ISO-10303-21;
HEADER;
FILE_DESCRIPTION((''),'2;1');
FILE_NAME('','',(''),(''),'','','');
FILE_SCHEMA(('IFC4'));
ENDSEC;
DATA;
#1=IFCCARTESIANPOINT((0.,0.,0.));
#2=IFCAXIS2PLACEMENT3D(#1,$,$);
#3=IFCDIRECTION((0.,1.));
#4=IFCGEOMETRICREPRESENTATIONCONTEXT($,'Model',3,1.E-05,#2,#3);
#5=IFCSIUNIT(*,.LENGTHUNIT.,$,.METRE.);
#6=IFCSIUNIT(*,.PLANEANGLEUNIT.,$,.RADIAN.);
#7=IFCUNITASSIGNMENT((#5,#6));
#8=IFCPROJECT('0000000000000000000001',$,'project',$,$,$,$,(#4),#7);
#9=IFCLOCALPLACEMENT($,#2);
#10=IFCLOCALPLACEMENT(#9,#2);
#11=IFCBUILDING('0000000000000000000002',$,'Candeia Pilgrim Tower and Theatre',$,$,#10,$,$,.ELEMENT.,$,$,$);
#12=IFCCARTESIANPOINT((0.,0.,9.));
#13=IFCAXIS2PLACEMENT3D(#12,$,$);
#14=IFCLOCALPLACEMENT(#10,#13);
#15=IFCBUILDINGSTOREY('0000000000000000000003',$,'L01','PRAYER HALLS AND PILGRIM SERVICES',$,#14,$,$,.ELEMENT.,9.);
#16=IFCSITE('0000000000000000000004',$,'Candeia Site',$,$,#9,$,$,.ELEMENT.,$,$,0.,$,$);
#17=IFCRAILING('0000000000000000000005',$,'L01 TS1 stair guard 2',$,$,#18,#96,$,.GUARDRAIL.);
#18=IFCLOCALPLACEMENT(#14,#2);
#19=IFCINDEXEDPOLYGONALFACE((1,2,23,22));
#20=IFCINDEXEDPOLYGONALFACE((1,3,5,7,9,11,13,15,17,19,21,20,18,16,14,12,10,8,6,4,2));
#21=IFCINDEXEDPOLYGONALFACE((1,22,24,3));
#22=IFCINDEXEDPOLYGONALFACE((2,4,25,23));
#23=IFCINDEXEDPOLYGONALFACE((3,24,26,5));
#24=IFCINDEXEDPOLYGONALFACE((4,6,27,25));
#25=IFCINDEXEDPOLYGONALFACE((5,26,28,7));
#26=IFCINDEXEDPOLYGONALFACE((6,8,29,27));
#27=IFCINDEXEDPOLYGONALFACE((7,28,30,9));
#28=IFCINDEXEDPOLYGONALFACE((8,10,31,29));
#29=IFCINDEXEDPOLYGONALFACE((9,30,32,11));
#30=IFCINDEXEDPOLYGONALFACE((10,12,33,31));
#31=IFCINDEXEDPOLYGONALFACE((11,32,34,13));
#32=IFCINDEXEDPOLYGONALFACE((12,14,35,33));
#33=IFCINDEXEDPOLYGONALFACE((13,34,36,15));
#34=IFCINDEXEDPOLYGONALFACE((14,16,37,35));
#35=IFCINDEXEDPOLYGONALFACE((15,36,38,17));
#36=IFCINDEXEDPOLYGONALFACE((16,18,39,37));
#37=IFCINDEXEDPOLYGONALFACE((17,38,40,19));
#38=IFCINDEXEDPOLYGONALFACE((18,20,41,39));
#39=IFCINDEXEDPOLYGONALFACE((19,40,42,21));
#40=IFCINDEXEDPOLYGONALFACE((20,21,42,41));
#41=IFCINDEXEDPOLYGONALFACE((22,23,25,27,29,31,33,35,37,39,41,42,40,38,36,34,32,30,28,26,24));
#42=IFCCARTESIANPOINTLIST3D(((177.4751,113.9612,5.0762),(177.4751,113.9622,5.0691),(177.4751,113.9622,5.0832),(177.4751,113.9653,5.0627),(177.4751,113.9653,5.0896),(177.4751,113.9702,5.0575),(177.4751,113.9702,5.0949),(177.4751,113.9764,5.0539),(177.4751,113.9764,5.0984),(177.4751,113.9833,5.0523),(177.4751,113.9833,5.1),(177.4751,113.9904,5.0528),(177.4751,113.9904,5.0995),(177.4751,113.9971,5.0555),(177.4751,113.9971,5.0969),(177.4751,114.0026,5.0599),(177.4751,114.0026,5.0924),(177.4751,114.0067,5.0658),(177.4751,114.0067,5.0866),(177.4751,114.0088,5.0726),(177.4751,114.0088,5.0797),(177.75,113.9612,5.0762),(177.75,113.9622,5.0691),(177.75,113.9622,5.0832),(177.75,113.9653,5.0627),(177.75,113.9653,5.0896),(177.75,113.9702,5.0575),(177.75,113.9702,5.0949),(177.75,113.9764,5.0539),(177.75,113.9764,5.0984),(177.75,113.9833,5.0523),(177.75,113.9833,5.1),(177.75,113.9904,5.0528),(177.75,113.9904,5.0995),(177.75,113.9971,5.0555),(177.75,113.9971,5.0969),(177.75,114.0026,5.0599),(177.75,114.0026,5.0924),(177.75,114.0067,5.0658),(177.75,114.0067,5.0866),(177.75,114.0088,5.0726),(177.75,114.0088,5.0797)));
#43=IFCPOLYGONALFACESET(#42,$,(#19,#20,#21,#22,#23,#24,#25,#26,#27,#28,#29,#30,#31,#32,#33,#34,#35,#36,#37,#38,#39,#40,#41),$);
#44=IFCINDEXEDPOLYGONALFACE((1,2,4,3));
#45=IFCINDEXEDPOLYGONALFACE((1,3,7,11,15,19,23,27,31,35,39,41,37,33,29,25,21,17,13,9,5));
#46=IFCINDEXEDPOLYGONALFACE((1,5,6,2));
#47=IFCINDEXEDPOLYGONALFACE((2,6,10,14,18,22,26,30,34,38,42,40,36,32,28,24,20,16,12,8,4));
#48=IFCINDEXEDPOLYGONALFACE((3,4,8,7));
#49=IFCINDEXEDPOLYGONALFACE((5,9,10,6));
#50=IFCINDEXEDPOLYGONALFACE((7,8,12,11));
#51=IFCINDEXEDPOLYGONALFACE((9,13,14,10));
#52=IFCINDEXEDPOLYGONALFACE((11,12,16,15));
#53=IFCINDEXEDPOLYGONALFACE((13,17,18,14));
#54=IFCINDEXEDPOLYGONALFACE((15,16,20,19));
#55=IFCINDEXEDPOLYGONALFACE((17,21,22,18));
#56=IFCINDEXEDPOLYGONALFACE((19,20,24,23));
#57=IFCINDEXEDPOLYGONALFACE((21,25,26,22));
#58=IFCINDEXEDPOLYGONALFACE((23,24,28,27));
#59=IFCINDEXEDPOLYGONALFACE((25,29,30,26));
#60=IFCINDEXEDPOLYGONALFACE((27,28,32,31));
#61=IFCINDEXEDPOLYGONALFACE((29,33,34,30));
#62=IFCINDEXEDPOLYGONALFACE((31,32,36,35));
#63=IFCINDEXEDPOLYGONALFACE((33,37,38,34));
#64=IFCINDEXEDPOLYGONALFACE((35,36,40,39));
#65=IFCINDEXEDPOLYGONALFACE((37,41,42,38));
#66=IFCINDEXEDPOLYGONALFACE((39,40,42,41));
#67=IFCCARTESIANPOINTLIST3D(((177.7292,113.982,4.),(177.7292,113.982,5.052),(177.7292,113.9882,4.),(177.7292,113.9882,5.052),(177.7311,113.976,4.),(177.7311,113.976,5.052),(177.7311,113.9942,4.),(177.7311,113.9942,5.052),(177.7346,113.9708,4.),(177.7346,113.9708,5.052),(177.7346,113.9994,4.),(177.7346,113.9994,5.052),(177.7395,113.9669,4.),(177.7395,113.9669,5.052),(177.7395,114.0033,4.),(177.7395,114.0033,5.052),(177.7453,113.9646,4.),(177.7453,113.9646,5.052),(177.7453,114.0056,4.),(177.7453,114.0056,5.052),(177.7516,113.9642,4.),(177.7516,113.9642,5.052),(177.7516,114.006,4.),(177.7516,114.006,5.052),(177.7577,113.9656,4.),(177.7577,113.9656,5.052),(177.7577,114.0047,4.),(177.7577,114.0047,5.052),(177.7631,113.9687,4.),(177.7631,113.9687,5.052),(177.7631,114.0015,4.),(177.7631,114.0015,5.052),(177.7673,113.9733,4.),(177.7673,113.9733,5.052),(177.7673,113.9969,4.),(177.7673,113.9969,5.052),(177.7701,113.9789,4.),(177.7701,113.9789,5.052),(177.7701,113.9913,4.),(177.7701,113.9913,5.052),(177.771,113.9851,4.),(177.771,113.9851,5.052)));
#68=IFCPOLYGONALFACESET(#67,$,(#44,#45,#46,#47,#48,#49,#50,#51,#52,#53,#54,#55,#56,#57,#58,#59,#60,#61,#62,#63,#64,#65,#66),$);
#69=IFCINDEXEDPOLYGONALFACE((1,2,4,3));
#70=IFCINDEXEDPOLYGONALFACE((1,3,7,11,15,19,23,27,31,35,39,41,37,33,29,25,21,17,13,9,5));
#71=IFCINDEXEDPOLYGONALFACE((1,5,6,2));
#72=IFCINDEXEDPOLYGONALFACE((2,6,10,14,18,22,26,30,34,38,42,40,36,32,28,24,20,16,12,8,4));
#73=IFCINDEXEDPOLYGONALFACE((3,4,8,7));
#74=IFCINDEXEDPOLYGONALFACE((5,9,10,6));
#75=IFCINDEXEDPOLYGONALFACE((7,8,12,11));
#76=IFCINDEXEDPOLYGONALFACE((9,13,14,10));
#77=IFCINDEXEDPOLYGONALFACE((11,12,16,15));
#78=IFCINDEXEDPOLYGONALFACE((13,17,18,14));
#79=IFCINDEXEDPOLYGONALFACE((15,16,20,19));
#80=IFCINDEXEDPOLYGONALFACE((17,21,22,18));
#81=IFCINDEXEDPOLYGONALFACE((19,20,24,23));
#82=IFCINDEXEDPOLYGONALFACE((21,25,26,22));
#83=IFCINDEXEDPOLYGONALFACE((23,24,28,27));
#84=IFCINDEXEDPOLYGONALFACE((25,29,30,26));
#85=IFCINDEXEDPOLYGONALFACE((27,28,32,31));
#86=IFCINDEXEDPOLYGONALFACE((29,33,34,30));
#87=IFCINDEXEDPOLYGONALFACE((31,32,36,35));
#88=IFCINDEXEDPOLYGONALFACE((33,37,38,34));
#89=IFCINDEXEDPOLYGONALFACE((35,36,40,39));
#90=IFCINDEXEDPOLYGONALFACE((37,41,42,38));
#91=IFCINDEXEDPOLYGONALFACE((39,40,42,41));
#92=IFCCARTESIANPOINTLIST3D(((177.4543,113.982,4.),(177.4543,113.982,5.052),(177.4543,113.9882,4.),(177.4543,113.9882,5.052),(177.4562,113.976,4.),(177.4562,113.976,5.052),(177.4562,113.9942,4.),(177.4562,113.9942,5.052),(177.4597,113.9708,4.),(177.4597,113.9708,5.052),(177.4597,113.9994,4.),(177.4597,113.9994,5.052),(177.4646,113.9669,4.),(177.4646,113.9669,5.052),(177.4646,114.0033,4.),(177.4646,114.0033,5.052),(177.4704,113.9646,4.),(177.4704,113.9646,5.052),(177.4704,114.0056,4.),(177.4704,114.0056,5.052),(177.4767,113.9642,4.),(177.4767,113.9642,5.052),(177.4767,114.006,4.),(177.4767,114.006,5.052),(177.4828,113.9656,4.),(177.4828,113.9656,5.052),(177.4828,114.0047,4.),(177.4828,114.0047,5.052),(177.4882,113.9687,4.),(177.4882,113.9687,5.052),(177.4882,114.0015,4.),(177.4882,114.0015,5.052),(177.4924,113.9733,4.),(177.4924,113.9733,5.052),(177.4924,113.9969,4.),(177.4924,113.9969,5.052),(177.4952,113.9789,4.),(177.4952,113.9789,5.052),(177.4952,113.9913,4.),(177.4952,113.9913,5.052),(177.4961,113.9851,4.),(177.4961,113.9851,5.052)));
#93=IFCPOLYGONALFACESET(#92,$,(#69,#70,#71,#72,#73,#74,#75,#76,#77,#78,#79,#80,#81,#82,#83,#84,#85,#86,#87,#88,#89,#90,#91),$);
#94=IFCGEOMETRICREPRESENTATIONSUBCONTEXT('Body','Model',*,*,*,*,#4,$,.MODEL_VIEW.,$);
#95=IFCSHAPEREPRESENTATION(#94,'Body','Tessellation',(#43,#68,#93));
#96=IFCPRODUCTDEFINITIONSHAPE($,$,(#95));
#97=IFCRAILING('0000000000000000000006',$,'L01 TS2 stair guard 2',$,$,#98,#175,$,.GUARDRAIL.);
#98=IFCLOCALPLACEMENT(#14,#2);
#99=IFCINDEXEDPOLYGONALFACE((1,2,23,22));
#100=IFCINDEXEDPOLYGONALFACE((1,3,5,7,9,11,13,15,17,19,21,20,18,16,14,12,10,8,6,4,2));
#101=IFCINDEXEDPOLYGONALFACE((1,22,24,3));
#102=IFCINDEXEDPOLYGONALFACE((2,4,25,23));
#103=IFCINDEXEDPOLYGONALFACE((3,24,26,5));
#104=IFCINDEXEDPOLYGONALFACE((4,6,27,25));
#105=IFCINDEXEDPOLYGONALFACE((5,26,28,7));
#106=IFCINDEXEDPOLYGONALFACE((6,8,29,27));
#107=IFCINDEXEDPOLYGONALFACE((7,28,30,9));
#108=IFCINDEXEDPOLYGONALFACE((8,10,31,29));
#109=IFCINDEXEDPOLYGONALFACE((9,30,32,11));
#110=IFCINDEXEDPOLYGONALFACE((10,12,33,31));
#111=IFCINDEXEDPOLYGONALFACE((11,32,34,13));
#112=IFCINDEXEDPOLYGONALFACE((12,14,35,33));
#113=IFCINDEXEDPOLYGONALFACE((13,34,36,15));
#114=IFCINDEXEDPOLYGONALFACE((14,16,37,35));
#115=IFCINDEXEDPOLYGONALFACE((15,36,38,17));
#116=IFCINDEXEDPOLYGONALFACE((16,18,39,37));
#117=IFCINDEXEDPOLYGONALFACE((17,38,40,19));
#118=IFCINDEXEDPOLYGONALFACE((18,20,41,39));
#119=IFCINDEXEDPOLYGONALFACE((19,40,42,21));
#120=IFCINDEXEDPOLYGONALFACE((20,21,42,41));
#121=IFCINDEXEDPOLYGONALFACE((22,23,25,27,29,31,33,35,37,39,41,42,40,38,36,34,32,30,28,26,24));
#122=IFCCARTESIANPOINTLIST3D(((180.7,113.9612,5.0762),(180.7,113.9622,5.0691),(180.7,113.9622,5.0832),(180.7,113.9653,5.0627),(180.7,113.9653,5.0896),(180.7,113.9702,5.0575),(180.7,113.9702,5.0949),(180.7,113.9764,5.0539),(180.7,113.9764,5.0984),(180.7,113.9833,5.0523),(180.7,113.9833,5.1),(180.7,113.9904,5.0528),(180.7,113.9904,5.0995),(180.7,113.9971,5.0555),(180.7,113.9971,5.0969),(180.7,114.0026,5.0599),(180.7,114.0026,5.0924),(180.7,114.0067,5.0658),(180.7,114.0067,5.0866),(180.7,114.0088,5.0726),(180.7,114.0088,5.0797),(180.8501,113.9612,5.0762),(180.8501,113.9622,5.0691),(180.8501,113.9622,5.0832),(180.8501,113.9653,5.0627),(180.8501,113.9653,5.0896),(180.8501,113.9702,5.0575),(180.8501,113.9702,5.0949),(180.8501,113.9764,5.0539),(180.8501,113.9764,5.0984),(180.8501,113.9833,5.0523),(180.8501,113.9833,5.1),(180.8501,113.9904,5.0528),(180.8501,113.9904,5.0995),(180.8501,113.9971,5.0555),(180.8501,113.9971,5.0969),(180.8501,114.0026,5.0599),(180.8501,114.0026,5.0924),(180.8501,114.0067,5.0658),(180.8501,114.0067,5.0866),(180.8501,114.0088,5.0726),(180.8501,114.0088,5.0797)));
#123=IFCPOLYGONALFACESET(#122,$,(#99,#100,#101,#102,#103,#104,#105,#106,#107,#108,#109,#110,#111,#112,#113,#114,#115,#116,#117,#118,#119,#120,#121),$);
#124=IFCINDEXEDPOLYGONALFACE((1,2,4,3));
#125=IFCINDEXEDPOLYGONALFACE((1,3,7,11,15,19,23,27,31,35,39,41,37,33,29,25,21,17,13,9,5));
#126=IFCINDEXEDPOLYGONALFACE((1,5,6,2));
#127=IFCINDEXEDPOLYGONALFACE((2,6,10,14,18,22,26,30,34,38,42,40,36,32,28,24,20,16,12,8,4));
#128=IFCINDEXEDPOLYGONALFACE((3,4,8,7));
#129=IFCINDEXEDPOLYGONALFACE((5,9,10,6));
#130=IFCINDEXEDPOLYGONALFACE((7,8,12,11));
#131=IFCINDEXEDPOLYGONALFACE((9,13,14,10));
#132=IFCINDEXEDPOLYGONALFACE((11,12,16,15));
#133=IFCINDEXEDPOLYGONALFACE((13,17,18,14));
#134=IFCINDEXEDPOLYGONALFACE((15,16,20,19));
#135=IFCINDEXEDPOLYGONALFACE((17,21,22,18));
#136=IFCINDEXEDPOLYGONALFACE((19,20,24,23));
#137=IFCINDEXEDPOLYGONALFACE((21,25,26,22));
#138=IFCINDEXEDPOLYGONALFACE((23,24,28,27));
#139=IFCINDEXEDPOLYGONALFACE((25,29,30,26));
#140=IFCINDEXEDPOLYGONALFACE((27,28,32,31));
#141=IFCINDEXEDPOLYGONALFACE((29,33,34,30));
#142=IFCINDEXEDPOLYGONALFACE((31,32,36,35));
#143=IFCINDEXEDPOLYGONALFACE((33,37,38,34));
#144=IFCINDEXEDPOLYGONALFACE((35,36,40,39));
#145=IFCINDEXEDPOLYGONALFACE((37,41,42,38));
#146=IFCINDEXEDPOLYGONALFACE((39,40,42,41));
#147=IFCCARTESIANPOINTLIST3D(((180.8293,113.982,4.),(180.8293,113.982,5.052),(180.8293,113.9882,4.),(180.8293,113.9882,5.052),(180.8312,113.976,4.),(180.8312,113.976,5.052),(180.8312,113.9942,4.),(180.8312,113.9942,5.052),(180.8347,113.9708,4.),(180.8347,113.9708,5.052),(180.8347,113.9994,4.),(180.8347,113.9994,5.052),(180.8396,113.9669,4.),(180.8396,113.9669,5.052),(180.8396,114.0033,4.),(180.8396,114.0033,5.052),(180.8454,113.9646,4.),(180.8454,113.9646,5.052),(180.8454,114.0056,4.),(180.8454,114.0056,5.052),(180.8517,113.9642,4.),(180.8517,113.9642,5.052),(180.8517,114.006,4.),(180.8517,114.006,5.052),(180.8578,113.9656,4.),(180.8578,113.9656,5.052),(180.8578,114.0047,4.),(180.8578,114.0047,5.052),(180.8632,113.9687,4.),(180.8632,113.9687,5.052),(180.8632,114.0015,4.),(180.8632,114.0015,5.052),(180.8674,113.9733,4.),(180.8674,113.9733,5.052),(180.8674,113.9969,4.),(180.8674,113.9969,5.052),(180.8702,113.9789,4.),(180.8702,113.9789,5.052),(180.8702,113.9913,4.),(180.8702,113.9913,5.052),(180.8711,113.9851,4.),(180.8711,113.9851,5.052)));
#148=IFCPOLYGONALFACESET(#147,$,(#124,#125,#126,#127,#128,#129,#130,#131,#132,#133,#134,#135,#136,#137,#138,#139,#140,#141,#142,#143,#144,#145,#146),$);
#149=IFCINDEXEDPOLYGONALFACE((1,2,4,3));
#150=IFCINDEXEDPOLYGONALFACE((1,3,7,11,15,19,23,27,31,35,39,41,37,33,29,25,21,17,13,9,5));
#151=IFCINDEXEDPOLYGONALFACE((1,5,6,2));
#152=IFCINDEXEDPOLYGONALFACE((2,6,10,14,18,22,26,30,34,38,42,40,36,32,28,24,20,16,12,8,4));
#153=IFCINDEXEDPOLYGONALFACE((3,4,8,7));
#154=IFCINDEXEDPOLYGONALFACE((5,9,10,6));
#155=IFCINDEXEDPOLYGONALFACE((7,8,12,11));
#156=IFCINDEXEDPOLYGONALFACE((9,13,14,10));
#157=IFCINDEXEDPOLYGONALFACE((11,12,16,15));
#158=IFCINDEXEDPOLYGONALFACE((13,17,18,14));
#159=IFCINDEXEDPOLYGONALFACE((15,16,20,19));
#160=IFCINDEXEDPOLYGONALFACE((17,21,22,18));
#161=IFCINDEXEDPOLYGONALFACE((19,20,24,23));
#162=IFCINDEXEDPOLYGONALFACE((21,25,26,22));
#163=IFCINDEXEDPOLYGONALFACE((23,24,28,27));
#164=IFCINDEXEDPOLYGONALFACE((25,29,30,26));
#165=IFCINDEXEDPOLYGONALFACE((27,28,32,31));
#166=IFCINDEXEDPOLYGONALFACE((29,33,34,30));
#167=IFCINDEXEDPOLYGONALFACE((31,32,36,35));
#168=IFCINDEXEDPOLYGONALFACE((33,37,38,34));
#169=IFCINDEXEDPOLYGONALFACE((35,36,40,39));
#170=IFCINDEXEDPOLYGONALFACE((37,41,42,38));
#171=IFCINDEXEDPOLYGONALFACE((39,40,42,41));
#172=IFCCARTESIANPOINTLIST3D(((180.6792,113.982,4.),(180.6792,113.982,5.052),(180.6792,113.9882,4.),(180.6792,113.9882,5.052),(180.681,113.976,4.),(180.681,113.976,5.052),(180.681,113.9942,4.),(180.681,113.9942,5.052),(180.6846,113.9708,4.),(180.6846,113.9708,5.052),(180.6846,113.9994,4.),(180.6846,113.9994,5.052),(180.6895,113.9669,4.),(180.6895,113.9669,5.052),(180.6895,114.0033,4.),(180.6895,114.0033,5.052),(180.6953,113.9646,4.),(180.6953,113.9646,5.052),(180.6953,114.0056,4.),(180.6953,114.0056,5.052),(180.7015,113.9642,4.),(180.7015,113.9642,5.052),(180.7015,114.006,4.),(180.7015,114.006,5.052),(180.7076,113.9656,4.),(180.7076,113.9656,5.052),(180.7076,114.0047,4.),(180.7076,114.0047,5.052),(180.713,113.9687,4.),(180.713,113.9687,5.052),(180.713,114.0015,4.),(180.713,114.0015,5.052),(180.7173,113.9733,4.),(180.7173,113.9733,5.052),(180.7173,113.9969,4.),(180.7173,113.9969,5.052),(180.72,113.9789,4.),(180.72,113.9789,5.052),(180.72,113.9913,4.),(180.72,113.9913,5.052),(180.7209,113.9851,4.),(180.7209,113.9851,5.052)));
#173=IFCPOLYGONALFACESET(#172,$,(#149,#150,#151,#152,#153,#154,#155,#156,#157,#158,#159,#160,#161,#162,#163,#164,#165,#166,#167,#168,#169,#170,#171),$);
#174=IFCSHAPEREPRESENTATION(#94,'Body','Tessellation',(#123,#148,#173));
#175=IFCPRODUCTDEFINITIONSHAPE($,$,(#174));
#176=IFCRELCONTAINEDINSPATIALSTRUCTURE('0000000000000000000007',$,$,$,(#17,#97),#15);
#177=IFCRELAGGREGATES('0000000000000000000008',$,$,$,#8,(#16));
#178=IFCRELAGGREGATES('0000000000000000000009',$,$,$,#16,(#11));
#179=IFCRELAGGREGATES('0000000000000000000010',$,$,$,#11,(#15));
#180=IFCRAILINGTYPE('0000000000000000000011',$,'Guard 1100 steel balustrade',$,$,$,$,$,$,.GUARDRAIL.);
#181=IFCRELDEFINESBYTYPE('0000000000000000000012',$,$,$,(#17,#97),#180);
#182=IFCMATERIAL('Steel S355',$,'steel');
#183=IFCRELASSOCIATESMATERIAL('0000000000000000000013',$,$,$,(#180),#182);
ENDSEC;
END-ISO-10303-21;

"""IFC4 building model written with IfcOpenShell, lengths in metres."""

from ifc_helpers import new_model, si_unit, direction, frame, origin, origin_2d, place, context, subcontext, project, spatial, circle, extrude, material, type_object, element, save


model = new_model("IFC4")

# Units and contexts
model_context = context("Model", 3, precision=1e-05, world=origin(), true_north=direction((0.0, 1.0)))
body_context = subcontext(model_context, "Body", "Model", "MODEL_VIEW")
ifc_project = project(units=[si_unit("LENGTHUNIT", "METRE"), si_unit("PLANEANGLEUNIT", "RADIAN")], contexts=[model_context])

# Site, building, storey
site_placement = place(None, origin())
site = spatial("IfcSite", under=ifc_project, at=site_placement, Name="Candeia Site", CompositionType="ELEMENT", RefElevation=0.0)
building_placement = place(site_placement, origin())
building = spatial("IfcBuilding", under=site, at=building_placement, Name="Candeia Pilgrim Tower and Theatre", CompositionType="ELEMENT")
storey_placement = place(building_placement, frame((0.0, 0.0, 9.0)))
storey = spatial("IfcBuildingStorey", under=building, at=storey_placement, Name="L01", Description="PRAYER HALLS AND PILGRIM SERVICES", CompositionType="ELEMENT", Elevation=9.0)

# Railings
ifc_material_1 = material(Name="Steel S355", Category="steel")
railing_type_1 = type_object("IfcRailingType", Name="Guard 1100 steel balustrade", PredefinedType="GUARDRAIL", material=ifc_material_1)
railing_1_placement = place(storey_placement, frame((177.75, 113.9851, 4.0)))
element("IfcRailing", 1, at=railing_1_placement, inside=storey, type_object=railing_type_1, Name="L01 TS1 stair guard 2", PredefinedType="GUARDRAIL", context=body_context, shape_type="SweptSolid", body=[
    extrude(circle(Radius=0.0239, at=origin_2d()), frame((0.0, 0.0, 1.0762), z_axis=(-1.0, 0.0, 0.0), x_axis=(0.0, -1.0, 0.0)), (0.0, 0.0, 1.0), 0.2749),
    extrude(circle(Radius=0.021, at=origin_2d()), origin(), (0.0, 0.0, 1.0), 1.052),
    extrude(circle(Radius=0.021, at=origin_2d()), frame((-0.2749, 0.0, 0.0)), (0.0, 0.0, 1.0), 1.052),
])
railing_2_placement = place(storey_placement, frame((180.8501, 113.9851, 4.0)))
element("IfcRailing", 2, at=railing_2_placement, inside=storey, type_object=railing_type_1, Name="L01 TS2 stair guard 2", PredefinedType="GUARDRAIL", context=body_context, shape_type="SweptSolid", body=[
    extrude(circle(Radius=0.0239, at=origin_2d()), frame((0.0, 0.0, 1.0762), z_axis=(-1.0, 0.0, 0.0), x_axis=(0.0, -1.0, 0.0)), (0.0, 0.0, 1.0), 0.1501),
    extrude(circle(Radius=0.021, at=origin_2d()), origin(), (0.0, 0.0, 1.0), 1.052),
    extrude(circle(Radius=0.021, at=origin_2d()), frame((-0.1501, 0.0, 0.0)), (0.0, 0.0, 1.0), 1.052),
])

save(model, "model.ifc")
